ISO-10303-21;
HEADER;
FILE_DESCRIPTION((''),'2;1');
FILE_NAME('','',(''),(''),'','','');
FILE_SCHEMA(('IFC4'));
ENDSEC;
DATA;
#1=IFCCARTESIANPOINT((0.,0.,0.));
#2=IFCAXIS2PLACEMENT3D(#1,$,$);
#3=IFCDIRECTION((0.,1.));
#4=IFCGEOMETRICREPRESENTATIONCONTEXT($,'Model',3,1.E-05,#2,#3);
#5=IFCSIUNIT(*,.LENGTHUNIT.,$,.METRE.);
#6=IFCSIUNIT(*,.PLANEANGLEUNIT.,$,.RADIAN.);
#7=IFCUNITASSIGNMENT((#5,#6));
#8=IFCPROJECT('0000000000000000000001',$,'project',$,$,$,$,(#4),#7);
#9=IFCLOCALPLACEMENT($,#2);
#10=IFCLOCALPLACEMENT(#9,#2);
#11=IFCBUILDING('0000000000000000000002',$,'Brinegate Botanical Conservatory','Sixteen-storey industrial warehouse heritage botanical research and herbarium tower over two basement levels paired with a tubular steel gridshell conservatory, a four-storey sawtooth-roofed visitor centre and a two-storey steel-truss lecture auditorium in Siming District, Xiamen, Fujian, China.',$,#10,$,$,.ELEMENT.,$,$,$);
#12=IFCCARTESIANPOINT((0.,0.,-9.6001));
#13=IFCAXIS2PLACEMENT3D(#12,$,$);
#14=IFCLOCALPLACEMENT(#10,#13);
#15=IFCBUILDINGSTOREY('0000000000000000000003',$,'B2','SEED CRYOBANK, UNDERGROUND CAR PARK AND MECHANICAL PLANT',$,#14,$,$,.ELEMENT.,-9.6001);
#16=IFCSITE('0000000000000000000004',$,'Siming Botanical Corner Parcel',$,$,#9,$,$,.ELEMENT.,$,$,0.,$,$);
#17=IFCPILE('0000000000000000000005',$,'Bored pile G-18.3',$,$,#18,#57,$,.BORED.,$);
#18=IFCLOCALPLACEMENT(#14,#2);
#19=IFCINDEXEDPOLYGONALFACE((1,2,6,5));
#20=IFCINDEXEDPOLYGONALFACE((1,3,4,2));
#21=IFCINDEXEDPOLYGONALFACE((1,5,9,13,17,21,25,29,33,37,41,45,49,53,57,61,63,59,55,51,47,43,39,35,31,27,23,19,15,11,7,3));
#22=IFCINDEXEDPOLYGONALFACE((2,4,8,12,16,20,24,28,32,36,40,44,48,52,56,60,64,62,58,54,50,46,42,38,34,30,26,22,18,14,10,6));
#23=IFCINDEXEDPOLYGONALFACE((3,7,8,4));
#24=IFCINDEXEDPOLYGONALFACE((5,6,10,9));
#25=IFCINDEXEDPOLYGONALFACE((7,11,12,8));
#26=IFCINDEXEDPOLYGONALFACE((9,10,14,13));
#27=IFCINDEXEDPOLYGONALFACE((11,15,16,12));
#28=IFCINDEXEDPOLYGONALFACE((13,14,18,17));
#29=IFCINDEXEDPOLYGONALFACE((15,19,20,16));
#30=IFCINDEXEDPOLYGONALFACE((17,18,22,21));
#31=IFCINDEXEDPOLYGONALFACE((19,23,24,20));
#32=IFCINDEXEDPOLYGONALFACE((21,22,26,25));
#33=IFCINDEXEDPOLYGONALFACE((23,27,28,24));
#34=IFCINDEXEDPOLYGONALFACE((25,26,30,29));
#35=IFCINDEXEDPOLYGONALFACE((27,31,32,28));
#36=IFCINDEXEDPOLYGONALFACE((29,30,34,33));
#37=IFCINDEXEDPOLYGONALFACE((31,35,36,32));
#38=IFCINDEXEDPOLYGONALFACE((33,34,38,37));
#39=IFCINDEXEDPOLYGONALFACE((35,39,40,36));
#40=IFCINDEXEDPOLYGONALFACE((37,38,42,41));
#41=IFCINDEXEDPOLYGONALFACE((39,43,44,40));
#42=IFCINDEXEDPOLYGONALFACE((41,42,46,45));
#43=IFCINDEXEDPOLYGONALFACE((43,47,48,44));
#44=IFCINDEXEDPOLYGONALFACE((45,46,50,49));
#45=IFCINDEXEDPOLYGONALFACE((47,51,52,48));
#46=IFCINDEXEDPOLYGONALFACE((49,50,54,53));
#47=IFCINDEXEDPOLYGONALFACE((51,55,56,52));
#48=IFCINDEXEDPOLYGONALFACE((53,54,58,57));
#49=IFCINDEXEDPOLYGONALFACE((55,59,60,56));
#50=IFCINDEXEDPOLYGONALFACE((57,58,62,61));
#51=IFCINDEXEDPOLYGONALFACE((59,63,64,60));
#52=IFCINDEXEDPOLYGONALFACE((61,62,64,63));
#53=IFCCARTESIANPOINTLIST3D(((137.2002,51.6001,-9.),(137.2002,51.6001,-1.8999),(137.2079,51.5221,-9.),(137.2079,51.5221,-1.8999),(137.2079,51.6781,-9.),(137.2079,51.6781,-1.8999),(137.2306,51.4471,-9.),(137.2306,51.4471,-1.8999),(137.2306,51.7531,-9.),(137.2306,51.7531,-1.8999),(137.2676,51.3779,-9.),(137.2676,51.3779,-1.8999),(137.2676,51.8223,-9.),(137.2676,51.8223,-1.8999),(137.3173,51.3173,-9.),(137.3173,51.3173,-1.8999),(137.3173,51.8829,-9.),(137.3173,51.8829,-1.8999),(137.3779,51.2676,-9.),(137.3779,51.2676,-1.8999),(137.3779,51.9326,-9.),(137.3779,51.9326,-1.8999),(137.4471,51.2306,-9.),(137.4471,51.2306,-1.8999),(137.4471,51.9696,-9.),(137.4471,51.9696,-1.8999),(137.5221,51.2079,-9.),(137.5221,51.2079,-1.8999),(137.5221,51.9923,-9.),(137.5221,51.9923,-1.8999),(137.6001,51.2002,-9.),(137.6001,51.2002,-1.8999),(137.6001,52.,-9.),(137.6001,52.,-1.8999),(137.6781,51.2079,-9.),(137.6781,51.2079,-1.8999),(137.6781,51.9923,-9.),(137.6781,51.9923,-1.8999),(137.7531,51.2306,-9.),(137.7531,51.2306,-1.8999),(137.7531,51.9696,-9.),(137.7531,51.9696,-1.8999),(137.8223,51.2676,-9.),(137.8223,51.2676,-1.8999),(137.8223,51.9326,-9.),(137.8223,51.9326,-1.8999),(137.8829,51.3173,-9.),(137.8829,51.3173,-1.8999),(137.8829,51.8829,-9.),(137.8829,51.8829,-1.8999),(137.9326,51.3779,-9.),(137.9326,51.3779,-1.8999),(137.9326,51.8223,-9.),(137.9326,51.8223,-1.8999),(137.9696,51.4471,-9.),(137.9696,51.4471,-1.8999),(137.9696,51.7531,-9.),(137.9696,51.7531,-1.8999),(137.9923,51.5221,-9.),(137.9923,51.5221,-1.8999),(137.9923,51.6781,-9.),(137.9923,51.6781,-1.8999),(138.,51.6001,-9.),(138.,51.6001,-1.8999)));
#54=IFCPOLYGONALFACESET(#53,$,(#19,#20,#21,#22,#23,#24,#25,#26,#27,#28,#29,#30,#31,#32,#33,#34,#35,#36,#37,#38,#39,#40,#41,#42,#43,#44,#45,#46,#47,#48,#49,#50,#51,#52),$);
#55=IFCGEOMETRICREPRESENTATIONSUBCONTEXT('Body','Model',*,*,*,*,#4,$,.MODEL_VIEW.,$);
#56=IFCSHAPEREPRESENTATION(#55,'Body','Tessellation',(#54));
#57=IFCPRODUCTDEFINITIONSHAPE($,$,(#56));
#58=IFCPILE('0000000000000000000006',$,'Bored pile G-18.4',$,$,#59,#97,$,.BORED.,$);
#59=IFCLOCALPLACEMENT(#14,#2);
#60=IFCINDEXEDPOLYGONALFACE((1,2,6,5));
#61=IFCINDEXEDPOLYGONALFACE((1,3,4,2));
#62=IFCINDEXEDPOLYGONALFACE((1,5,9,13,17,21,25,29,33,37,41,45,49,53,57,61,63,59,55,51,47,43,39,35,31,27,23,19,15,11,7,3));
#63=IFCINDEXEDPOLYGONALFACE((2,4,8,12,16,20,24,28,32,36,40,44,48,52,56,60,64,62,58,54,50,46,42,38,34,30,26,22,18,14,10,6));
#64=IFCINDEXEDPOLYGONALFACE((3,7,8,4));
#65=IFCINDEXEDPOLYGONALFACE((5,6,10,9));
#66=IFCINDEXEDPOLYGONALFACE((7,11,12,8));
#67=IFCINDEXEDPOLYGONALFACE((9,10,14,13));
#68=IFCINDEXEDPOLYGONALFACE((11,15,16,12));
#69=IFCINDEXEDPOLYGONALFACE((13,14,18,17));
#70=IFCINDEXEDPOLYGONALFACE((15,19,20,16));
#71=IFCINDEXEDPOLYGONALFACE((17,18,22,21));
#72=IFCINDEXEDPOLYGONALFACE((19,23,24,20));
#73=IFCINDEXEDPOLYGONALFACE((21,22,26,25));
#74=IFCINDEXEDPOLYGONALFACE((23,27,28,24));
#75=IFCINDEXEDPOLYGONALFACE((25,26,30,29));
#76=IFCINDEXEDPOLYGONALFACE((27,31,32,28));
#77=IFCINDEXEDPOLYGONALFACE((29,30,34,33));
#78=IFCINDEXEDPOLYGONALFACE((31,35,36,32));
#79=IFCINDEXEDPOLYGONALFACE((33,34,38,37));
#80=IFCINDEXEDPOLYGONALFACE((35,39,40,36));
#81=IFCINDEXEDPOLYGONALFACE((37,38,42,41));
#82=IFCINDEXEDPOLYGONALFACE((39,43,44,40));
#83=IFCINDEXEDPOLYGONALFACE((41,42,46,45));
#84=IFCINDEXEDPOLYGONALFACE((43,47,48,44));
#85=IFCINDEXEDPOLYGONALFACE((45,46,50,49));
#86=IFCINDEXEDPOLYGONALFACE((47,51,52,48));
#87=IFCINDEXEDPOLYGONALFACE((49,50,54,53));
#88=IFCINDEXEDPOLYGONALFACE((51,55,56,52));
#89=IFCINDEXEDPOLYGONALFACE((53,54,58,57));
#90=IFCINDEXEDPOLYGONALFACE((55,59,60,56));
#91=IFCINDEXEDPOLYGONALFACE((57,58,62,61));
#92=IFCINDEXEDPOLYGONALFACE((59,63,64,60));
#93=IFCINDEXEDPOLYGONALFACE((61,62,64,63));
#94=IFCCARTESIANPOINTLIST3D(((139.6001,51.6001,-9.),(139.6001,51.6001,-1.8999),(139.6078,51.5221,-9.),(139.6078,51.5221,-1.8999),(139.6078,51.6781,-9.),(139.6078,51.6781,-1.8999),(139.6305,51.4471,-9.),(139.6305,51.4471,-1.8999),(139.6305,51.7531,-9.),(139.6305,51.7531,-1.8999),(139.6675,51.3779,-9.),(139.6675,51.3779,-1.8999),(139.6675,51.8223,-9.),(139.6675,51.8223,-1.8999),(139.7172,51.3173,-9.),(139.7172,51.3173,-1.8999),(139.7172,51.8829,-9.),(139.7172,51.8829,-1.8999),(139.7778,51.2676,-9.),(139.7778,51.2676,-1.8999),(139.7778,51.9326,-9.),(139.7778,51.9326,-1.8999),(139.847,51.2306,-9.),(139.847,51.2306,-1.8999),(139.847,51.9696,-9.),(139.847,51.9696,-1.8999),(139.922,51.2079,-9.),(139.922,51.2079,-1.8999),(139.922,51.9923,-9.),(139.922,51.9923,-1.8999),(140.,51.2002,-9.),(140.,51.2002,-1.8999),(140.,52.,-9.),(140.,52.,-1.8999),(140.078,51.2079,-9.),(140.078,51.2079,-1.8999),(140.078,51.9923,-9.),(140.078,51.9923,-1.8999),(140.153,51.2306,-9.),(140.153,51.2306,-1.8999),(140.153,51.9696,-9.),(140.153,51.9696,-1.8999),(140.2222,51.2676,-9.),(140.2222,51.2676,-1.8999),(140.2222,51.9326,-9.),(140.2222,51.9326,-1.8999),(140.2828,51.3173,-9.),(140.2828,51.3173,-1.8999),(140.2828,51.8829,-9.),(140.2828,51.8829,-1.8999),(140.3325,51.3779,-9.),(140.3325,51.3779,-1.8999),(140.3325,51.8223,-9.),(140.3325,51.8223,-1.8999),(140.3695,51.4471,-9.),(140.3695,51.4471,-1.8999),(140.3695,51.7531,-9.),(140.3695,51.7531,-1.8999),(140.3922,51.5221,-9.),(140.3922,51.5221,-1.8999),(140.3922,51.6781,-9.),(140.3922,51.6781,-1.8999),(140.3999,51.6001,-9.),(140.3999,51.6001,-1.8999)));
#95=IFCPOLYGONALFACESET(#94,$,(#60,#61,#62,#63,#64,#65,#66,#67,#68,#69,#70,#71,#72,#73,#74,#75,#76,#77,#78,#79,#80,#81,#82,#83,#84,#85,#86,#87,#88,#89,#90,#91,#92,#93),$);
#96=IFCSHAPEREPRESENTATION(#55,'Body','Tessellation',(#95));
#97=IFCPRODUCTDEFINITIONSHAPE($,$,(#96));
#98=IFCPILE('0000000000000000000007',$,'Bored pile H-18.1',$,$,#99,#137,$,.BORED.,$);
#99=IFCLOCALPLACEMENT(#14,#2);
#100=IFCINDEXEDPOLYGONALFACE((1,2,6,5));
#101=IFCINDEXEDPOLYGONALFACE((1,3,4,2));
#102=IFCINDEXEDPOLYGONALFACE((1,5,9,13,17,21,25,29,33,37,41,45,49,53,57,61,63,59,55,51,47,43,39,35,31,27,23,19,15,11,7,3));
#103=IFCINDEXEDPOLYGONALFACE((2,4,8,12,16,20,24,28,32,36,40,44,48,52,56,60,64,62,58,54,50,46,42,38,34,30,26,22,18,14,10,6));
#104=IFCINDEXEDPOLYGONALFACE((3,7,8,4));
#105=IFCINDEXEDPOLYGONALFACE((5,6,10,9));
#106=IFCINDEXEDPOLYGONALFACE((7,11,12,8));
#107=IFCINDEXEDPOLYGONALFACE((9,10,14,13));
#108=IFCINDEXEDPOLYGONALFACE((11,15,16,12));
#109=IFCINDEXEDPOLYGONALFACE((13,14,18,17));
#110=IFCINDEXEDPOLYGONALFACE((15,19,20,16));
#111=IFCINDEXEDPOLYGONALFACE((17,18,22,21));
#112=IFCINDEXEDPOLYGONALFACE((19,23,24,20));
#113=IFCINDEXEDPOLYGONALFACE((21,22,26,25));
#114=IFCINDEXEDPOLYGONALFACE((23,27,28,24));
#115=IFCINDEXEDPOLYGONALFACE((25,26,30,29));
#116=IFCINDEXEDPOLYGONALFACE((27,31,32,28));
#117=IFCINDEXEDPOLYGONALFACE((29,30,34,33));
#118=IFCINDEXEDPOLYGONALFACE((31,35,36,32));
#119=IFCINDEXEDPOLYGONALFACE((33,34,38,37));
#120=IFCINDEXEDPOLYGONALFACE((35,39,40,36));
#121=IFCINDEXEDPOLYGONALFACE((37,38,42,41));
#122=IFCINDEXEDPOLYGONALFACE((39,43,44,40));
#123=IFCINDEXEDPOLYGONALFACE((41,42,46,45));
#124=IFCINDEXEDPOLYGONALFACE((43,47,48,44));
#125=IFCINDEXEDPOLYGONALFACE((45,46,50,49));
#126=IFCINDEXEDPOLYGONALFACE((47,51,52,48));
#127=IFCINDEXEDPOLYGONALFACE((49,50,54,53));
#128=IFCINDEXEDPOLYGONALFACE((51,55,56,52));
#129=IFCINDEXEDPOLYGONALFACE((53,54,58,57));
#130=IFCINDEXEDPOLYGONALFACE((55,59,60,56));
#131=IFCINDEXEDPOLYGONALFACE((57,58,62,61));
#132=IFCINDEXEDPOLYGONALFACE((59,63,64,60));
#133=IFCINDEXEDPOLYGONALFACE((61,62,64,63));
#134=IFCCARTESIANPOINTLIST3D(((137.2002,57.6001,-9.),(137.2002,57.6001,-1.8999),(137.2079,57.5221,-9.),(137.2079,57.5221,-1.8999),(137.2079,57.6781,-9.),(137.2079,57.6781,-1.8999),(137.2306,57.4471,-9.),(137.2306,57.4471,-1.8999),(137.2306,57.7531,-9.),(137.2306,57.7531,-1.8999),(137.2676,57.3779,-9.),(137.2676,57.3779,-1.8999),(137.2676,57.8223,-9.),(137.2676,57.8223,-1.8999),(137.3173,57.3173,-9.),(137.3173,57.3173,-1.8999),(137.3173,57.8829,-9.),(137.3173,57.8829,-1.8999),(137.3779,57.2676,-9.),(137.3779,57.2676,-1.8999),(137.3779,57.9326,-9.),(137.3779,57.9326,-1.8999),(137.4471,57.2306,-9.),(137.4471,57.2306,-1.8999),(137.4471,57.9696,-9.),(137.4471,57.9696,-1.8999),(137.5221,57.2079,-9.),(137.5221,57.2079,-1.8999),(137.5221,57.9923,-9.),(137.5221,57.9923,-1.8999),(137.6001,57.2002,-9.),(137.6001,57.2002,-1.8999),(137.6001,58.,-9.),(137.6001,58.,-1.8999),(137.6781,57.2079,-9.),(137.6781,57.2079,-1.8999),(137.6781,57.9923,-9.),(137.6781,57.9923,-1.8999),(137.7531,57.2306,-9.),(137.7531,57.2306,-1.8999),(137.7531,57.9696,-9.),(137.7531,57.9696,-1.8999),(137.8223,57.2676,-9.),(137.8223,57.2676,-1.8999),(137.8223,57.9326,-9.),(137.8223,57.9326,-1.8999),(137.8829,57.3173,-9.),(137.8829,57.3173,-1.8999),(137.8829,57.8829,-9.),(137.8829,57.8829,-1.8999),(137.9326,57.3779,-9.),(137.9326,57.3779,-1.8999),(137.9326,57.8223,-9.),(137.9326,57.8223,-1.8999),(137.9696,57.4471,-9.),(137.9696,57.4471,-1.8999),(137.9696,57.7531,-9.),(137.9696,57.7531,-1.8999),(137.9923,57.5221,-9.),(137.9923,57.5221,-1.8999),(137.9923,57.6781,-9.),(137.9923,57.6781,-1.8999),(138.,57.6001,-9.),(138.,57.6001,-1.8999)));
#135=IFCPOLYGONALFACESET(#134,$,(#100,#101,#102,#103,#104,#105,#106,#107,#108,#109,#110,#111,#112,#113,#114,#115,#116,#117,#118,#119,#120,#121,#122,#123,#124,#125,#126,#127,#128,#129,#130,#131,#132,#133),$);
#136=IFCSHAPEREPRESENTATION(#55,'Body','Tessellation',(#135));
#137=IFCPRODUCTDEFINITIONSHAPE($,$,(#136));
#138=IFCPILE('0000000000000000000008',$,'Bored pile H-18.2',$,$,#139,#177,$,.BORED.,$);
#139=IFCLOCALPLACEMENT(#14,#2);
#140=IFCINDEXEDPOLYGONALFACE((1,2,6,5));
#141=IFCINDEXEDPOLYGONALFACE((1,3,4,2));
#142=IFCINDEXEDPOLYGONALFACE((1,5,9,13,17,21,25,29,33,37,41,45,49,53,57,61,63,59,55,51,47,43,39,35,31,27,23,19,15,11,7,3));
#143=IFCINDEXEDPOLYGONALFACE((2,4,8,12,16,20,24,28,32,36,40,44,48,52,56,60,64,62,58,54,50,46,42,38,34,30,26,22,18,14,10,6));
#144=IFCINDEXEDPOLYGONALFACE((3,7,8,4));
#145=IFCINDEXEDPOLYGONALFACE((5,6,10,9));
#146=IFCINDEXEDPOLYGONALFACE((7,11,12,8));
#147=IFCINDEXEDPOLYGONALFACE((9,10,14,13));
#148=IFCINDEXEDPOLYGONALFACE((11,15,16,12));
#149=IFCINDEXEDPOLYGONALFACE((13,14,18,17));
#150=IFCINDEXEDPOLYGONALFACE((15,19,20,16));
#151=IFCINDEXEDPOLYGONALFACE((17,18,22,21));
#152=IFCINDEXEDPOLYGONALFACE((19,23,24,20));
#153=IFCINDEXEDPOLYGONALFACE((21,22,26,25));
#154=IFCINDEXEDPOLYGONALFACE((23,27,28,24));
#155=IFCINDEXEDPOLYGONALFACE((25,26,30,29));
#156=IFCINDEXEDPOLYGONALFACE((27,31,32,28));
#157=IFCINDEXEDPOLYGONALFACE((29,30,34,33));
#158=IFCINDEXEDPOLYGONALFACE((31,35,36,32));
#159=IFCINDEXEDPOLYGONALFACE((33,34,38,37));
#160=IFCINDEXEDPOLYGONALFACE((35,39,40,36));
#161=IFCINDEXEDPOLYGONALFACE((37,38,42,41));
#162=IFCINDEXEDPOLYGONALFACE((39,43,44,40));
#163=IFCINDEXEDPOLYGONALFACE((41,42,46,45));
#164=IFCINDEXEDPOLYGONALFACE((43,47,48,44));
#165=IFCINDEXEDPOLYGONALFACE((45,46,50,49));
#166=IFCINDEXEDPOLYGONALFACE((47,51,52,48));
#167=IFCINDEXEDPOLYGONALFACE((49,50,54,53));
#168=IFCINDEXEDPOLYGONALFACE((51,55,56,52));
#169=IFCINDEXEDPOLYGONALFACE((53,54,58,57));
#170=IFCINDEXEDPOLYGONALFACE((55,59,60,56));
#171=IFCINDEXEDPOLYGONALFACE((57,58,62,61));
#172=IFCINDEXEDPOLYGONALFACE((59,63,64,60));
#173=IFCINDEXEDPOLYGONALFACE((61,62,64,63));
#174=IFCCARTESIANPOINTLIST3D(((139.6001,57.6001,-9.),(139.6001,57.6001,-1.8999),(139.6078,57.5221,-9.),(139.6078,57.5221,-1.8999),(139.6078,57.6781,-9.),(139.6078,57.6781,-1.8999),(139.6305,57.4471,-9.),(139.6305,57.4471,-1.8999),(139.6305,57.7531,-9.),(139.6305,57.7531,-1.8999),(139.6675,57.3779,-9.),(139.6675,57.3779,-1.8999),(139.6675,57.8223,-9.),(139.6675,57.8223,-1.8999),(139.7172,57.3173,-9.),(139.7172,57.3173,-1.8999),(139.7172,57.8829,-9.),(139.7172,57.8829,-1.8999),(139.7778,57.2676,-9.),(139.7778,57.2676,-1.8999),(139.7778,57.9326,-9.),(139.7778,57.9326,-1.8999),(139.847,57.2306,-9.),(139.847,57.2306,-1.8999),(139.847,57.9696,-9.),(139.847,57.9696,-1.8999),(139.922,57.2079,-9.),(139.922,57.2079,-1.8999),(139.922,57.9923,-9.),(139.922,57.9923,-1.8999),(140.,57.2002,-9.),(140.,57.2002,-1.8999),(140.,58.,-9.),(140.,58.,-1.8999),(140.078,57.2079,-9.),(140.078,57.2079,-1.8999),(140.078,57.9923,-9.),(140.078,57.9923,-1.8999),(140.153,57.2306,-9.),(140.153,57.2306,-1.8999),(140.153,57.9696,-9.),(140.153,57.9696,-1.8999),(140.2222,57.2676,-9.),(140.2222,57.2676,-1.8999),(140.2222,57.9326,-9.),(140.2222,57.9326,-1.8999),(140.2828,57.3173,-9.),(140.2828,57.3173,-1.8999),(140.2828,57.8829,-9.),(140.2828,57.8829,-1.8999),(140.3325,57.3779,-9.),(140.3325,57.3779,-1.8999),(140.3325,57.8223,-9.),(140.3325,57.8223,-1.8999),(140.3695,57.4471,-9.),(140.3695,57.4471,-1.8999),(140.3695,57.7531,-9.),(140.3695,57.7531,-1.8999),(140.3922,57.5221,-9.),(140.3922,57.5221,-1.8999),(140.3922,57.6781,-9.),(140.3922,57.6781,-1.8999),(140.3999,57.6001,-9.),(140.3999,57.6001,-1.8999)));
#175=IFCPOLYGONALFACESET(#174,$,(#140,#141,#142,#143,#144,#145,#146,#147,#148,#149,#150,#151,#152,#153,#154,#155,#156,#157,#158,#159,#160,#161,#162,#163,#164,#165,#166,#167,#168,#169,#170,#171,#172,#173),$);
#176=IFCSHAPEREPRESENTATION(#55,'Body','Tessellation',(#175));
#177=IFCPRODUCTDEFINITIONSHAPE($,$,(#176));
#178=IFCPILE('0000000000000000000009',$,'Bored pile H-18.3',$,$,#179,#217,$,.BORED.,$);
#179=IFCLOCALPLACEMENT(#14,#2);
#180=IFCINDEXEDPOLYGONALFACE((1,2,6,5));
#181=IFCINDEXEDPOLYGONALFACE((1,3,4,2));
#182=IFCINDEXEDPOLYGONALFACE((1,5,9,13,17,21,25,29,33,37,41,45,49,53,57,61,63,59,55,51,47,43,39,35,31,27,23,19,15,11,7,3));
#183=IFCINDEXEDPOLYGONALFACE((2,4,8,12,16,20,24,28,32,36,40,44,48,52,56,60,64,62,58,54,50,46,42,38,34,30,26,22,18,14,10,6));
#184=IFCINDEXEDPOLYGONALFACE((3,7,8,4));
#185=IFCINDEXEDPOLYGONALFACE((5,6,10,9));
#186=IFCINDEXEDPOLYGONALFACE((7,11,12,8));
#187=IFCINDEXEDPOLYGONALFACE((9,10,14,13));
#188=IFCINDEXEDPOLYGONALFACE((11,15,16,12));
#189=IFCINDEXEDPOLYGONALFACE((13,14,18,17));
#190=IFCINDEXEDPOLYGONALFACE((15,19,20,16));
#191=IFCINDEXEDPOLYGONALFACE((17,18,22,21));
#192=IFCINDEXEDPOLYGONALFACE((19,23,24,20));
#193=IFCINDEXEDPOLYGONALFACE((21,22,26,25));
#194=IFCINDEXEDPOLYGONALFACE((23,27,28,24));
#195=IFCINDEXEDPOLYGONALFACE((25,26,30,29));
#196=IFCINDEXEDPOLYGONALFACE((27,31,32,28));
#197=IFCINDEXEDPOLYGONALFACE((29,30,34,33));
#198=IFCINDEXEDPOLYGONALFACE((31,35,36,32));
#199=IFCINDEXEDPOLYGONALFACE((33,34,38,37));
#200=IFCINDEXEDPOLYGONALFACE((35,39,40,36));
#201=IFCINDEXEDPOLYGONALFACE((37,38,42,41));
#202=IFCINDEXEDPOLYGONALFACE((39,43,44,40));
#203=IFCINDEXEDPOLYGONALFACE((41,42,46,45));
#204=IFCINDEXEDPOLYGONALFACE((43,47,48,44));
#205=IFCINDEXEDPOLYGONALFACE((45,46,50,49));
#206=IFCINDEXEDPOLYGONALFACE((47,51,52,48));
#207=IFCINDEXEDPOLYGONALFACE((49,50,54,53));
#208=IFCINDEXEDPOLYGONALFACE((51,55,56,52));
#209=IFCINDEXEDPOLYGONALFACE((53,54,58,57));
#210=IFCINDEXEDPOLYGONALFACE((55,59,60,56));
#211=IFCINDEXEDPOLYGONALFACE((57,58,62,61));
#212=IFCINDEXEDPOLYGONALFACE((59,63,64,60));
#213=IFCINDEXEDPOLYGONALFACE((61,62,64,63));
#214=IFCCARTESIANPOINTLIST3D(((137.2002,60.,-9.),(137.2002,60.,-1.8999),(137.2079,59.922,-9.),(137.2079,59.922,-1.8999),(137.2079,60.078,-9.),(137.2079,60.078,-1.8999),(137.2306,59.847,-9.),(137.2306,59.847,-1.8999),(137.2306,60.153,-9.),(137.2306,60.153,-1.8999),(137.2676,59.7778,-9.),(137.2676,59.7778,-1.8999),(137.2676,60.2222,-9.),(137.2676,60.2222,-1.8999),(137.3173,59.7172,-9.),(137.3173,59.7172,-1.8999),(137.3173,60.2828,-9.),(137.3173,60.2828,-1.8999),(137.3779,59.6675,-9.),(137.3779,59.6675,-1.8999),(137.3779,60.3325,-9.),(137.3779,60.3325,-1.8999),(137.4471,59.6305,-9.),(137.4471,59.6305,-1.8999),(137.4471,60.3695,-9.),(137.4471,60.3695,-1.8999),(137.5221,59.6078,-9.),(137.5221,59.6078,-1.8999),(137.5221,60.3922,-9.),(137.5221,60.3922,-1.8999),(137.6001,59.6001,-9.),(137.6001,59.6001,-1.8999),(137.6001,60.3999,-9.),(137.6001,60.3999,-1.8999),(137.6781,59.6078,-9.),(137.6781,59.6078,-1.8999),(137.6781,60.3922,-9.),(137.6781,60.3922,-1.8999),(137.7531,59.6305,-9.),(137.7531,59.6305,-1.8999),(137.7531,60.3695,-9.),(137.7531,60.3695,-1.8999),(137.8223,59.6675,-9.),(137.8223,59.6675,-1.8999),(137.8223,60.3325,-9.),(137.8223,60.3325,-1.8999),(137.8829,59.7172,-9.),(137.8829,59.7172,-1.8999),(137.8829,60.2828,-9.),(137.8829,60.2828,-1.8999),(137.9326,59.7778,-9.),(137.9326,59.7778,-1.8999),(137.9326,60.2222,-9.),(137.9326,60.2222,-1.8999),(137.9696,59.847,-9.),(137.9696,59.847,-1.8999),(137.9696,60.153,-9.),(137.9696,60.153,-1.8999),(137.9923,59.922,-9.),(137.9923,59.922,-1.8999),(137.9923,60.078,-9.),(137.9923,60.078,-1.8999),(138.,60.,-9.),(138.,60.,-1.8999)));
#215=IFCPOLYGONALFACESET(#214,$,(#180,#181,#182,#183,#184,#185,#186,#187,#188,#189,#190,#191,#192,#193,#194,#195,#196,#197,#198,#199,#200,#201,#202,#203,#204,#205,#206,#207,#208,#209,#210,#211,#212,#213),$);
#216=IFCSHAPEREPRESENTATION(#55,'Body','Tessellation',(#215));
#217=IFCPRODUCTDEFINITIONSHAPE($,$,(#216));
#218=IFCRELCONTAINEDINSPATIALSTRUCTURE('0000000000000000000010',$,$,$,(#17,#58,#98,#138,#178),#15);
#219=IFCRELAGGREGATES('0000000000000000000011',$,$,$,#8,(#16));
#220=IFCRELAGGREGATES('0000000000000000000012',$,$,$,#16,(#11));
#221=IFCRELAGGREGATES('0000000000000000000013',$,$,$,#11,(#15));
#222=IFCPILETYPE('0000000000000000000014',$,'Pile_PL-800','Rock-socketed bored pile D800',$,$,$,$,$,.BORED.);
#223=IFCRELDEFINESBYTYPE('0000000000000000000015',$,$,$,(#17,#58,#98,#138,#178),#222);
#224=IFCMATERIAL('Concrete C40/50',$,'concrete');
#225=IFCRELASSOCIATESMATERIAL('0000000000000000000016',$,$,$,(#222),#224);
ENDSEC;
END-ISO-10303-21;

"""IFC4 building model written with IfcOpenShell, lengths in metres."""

from ifc_helpers import new_model, si_unit, direction, frame, origin, origin_2d, place, context, subcontext, project, spatial, circle, extrude, material, material_profile, profile_set, type_object, element, save


model = new_model("IFC4")

# Units and contexts
model_context = context("Model", 3, precision=1e-05, world=origin(), true_north=direction((0.0, 1.0)))
body_context = subcontext(model_context, "Body", "Model", "MODEL_VIEW")
ifc_project = project(units=[si_unit("LENGTHUNIT", "METRE"), si_unit("PLANEANGLEUNIT", "RADIAN")], contexts=[model_context])

# Site, building, storey
site_placement = place(None, origin())
site = spatial("IfcSite", under=ifc_project, at=site_placement, Name="Siming Botanical Corner Parcel", CompositionType="ELEMENT", RefElevation=0.0)
building_placement = place(site_placement, origin())
building = spatial("IfcBuilding", under=site, at=building_placement, Name="Brinegate Botanical Conservatory", Description="Sixteen-storey industrial warehouse heritage botanical research and herbarium tower over two basement levels paired with a tubular steel gridshell conservatory, a four-storey sawtooth-roofed visitor centre and a two-storey steel-truss lecture auditorium in Siming District, Xiamen, Fujian, China.", CompositionType="ELEMENT")
storey_placement = place(building_placement, frame((0.0, 0.0, -9.6001)))
storey = spatial("IfcBuildingStorey", under=building, at=storey_placement, Name="B2", Description="SEED CRYOBANK, UNDERGROUND CAR PARK AND MECHANICAL PLANT", CompositionType="ELEMENT", Elevation=-9.6001)

# Shared definitions
ifc_material = material(Name="Concrete C40/50", Category="concrete")

# Piles
ifc_material_profile_1 = material_profile(ifc_material, circle(Radius=0.3999, at=origin_2d()), Name="PILE D800")
ifc_profile_set_1 = profile_set([ifc_material_profile_1], Name="Concrete C40/50")
pile_type = type_object("IfcPileType", Name="Pile_PL-800", Description="Rock-socketed bored pile D800", PredefinedType="BORED", material=ifc_profile_set_1)
for number, where, z_axis, x_axis, name in (
    (1, (137.6001, 51.6001, -1.8999), (0.0, 0.0, -1.0), (1.0, 0.0, 0.0), "Bored pile G-18.3"),
    (2, (140.0, 51.6001, -1.8999), (0.0, 0.0, -1.0), (1.0, 0.0, 0.0), "Bored pile G-18.4"),
    (3, (137.6001, 57.6001, -1.8999), (0.0, 0.0, -1.0), (1.0, 0.0, 0.0), "Bored pile H-18.1"),
    (4, (140.0, 57.6001, -1.8999), (0.0, 0.0, -1.0), (1.0, 0.0, 0.0), "Bored pile H-18.2"),
    (5, (137.6001, 60.0, -1.8999), (0.0, 0.0, -1.0), (1.0, 0.0, 0.0), "Bored pile H-18.3"),
):
    element("IfcPile", number, at=place(storey_placement, frame(where, z_axis=z_axis, x_axis=x_axis)), inside=storey, type_object=pile_type, Name=name, PredefinedType="BORED", context=body_context, shape_type="SweptSolid", body=[
        extrude(circle(Radius=0.3999, at=origin_2d()), origin(), (0.0, 0.0, 1.0), 7.1001),
    ])

save(model, "model.ifc")
